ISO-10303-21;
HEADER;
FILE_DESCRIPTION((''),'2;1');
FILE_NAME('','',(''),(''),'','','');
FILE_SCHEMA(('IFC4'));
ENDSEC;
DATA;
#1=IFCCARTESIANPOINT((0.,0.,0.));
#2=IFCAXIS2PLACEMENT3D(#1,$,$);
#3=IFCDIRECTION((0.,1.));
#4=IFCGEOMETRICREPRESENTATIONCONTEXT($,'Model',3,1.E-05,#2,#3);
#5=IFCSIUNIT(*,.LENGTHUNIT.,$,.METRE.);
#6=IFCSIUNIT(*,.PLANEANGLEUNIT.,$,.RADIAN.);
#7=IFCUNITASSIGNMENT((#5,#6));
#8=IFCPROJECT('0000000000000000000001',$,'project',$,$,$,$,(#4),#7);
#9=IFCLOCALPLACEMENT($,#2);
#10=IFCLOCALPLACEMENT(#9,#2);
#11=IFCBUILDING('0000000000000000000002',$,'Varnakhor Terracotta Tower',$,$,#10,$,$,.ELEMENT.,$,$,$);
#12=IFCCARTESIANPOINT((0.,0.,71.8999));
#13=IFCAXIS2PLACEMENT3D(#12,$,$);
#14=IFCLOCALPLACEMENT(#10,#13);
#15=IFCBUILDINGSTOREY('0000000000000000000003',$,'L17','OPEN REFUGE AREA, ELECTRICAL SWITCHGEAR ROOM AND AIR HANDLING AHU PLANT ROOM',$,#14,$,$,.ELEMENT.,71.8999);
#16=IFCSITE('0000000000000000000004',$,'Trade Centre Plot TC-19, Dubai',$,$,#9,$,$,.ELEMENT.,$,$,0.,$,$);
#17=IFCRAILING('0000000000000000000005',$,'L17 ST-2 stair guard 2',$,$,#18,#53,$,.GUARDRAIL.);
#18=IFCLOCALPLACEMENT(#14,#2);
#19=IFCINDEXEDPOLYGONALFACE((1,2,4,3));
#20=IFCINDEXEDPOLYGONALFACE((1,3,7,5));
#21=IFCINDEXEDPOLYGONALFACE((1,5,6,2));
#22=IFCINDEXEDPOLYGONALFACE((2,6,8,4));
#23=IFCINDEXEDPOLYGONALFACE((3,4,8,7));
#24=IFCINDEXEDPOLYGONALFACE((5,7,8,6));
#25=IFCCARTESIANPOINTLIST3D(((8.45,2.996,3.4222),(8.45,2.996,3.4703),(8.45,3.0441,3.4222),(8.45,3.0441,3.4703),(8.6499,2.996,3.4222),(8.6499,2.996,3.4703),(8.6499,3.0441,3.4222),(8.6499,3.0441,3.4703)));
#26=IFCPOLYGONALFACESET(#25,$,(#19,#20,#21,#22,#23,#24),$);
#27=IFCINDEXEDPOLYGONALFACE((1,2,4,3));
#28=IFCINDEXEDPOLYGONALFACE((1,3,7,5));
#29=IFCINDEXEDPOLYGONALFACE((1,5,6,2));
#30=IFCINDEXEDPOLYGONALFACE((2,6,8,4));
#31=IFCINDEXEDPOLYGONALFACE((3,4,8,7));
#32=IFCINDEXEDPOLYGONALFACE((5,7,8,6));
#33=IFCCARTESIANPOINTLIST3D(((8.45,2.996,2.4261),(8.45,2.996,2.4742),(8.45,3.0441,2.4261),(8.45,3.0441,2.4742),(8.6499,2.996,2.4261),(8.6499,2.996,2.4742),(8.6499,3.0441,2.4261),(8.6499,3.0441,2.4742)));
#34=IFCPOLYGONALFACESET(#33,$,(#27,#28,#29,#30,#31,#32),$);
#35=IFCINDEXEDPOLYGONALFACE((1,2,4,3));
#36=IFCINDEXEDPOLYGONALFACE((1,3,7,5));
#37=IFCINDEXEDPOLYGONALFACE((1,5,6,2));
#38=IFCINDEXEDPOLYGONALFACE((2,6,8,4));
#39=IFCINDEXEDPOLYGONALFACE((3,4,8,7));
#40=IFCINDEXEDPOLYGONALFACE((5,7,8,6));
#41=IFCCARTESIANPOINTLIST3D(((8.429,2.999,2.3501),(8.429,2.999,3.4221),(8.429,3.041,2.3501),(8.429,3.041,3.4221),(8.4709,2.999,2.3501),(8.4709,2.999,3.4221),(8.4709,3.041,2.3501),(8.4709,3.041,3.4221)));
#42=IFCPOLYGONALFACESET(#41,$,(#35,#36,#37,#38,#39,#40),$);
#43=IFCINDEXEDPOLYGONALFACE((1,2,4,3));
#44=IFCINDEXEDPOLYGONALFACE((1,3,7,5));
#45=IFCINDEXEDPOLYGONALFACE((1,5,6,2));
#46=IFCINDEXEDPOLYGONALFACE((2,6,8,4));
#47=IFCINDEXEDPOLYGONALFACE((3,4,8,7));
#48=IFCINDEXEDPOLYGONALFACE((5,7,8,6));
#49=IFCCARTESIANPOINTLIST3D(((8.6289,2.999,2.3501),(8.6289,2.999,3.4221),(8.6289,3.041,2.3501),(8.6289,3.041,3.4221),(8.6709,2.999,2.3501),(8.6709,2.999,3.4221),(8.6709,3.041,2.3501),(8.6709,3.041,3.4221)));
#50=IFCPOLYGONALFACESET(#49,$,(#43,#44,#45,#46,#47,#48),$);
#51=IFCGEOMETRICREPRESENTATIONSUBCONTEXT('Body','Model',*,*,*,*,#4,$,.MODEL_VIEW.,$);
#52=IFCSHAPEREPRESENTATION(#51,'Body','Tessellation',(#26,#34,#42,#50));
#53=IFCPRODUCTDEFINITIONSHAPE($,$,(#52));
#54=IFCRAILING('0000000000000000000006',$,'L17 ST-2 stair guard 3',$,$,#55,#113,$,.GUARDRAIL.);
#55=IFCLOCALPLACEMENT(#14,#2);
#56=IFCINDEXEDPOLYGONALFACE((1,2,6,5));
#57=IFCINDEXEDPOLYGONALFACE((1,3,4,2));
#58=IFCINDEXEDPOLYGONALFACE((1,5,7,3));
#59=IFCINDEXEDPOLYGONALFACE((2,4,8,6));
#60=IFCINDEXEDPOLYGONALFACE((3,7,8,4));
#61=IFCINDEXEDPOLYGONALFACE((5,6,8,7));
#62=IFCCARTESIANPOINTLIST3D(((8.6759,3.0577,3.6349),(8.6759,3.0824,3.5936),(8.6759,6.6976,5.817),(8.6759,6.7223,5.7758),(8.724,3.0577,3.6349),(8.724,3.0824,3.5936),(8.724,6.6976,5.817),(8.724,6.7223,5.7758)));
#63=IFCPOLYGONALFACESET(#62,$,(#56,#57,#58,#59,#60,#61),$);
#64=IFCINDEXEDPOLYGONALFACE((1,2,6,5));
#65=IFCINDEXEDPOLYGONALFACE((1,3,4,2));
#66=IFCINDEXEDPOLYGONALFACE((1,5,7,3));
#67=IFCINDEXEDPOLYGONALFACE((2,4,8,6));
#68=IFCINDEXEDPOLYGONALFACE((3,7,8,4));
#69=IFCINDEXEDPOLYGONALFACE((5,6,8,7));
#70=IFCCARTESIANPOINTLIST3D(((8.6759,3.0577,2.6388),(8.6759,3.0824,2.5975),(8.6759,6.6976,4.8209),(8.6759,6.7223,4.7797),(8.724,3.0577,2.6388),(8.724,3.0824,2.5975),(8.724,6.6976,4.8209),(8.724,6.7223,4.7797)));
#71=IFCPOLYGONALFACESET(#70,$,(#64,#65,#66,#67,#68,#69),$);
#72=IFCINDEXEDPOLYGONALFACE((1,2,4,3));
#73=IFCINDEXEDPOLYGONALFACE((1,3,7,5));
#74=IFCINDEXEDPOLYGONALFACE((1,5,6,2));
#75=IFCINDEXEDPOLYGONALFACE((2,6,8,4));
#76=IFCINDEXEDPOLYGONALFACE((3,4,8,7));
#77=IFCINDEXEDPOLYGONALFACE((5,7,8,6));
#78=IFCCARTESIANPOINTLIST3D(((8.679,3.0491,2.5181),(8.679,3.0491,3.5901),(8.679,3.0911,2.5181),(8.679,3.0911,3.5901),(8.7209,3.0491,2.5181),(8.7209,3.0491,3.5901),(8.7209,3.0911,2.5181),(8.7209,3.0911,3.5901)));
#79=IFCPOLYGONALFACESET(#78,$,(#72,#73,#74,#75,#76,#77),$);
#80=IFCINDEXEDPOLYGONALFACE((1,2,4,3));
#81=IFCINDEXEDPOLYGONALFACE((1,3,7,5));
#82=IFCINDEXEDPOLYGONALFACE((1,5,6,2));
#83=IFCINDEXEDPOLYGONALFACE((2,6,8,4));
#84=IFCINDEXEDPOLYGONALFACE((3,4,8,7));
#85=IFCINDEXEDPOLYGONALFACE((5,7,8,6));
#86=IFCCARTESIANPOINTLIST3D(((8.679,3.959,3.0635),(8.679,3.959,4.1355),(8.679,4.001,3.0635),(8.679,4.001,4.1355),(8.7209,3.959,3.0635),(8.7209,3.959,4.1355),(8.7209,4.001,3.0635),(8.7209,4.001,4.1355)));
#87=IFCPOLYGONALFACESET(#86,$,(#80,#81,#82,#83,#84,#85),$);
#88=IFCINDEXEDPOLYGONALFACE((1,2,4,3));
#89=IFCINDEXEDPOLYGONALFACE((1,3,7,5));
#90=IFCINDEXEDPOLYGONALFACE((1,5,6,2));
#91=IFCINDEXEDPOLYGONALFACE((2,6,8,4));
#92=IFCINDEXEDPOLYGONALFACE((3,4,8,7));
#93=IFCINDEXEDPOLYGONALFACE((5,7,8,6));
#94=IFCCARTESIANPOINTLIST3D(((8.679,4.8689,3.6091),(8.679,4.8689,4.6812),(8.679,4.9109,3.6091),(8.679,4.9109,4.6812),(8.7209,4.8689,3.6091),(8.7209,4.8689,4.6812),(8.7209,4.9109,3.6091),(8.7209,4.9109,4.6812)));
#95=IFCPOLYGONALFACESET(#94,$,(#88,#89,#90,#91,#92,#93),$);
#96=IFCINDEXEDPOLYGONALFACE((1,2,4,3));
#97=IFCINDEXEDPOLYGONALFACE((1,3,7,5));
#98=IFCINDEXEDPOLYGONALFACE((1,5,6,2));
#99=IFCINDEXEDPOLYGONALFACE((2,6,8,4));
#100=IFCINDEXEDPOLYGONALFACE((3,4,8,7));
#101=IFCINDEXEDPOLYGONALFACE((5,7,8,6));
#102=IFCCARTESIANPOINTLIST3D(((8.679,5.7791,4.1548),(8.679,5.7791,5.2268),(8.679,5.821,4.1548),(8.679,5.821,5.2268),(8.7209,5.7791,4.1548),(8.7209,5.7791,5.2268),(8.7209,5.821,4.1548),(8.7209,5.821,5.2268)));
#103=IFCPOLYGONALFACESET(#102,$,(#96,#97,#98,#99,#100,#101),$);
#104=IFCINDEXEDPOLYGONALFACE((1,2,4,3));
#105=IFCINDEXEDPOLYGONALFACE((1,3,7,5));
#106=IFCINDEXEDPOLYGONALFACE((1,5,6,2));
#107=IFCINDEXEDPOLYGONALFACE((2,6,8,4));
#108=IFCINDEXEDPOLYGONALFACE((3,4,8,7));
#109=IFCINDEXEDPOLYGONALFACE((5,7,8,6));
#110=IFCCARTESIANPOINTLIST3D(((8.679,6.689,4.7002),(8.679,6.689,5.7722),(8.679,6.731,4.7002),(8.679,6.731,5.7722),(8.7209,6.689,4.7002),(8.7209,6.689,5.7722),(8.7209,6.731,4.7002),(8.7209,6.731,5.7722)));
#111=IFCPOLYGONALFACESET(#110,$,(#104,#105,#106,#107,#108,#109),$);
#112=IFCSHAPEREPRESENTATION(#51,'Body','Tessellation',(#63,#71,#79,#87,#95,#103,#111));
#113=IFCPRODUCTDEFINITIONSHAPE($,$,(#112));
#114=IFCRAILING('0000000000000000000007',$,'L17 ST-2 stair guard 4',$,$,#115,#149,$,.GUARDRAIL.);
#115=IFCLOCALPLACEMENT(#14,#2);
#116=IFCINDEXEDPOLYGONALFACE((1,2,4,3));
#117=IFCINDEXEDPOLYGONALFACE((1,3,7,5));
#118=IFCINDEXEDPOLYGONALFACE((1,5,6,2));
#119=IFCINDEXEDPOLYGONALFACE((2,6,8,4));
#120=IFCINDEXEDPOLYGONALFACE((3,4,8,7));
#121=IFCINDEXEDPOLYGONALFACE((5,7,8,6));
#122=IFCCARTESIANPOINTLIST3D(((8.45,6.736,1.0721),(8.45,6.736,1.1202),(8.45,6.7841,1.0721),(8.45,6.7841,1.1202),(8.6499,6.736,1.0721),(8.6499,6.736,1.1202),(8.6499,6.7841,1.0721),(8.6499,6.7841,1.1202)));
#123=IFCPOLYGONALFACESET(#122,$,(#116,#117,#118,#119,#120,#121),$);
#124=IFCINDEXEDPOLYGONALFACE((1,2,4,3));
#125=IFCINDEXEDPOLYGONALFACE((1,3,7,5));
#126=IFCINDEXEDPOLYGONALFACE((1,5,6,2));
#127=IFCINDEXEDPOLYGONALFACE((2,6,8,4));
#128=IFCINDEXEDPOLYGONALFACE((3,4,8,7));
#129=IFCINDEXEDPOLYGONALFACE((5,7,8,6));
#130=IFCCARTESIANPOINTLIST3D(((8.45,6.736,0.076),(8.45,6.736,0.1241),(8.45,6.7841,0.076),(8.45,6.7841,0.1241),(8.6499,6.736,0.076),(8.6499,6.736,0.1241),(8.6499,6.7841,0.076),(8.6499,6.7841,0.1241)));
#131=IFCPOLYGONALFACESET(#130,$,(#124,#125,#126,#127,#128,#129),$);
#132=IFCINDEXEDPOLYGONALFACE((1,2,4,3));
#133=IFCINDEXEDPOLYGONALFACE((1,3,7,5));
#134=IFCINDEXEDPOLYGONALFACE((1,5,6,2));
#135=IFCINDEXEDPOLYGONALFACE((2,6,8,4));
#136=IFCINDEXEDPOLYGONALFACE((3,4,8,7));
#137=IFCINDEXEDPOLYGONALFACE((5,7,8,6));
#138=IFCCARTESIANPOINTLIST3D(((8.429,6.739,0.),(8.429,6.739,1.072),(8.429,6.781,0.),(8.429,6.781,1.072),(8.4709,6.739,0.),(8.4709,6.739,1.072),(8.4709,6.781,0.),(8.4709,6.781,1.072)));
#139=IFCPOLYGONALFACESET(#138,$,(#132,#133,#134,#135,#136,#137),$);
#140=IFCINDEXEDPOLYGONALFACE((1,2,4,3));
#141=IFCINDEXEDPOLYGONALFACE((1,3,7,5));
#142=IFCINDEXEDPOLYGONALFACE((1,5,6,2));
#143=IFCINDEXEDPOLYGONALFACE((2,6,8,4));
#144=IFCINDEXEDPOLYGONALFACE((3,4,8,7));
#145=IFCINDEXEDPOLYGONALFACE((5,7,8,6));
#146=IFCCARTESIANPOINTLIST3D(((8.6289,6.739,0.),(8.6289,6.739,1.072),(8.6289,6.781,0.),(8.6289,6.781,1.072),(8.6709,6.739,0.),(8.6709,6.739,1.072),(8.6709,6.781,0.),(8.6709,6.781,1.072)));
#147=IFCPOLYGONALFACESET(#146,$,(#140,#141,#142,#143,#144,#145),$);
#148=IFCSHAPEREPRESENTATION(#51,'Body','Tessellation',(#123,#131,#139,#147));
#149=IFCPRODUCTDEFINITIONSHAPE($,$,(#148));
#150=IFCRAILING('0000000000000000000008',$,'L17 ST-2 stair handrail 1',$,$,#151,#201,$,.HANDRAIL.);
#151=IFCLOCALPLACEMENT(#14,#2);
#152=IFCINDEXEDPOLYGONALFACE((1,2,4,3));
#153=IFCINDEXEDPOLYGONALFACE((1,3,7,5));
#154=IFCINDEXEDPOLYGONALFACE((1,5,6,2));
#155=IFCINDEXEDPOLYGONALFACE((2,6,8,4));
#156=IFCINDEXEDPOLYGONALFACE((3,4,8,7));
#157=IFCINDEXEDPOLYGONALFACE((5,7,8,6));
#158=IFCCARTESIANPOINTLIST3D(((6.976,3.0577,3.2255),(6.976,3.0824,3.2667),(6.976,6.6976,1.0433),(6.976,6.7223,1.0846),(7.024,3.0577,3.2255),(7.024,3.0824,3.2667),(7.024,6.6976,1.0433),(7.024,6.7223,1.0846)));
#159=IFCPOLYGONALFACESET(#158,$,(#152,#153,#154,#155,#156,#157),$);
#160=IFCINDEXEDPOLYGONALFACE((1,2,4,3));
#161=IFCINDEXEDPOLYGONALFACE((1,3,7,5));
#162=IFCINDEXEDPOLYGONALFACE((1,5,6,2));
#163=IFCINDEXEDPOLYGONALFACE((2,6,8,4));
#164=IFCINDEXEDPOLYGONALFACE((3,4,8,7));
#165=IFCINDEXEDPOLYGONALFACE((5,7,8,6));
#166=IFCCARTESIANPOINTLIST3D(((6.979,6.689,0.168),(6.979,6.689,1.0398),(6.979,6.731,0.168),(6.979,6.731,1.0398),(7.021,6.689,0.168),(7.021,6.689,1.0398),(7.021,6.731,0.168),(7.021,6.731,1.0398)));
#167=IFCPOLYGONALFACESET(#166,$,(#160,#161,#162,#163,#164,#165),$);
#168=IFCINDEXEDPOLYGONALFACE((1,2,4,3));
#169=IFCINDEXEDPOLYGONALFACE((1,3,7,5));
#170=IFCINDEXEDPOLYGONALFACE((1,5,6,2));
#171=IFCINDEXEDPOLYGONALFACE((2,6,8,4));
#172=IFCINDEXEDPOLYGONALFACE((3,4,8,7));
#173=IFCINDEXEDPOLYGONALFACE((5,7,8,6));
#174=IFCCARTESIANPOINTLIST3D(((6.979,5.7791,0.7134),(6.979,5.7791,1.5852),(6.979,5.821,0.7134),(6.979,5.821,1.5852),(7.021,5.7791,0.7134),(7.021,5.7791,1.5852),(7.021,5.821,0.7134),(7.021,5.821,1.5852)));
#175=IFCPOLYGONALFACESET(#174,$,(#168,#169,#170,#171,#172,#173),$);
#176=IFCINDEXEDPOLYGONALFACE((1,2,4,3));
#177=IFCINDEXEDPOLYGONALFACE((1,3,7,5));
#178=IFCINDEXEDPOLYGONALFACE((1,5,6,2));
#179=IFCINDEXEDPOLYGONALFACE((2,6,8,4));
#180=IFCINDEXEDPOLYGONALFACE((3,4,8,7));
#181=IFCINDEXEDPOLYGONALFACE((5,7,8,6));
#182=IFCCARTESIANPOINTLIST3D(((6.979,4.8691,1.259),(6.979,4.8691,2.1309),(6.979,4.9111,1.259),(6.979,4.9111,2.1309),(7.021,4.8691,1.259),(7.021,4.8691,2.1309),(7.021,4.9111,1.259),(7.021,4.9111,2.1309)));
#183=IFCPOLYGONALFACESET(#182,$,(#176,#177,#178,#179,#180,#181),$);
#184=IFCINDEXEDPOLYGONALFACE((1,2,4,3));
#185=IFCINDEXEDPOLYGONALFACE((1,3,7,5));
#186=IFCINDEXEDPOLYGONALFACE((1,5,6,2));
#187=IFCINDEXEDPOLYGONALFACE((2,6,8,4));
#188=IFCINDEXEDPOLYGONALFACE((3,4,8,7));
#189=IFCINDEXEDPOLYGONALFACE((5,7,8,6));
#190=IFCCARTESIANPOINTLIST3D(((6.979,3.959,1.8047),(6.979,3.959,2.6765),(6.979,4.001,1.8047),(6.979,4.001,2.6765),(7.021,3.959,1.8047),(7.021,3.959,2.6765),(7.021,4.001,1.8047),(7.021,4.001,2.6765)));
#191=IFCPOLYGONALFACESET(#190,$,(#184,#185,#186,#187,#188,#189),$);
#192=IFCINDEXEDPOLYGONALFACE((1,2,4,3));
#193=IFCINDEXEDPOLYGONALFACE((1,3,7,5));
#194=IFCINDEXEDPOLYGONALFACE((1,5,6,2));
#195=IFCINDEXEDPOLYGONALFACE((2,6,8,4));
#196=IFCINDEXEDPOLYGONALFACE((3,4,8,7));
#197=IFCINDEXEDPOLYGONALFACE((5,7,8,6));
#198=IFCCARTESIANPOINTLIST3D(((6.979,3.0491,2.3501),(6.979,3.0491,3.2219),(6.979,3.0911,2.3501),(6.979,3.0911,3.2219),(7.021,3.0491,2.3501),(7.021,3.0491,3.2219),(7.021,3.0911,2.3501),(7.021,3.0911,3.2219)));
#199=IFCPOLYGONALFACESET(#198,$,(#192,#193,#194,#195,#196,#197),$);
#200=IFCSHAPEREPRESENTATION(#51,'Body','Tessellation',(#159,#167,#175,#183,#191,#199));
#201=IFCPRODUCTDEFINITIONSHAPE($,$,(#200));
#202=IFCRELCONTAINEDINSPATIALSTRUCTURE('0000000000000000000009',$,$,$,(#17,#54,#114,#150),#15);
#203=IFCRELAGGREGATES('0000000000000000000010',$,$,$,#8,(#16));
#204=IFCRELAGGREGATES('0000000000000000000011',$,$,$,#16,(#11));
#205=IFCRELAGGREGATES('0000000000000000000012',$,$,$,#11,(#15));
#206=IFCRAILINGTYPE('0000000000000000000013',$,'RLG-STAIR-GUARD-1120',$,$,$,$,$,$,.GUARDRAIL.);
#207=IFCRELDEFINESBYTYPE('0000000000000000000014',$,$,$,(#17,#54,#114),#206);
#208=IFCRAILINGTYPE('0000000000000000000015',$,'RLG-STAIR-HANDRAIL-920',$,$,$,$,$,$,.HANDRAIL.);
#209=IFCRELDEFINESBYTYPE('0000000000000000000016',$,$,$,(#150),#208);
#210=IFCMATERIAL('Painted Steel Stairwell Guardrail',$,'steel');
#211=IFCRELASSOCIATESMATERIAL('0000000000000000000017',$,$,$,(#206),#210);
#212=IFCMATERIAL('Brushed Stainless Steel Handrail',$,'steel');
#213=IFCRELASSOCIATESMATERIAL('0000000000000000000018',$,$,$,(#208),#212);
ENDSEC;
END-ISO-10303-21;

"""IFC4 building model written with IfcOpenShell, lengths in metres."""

from ifc_helpers import new_model, si_unit, direction, frame, origin, origin_2d, place, context, subcontext, project, spatial, rectangle, extrude, material, type_object, element, save


model = new_model("IFC4")

# Units and contexts
model_context = context("Model", 3, precision=1e-05, world=origin(), true_north=direction((0.0, 1.0)))
body_context = subcontext(model_context, "Body", "Model", "MODEL_VIEW")
ifc_project = project(units=[si_unit("LENGTHUNIT", "METRE"), si_unit("PLANEANGLEUNIT", "RADIAN")], contexts=[model_context])

# Site, building, storey
site_placement = place(None, origin())
site = spatial("IfcSite", under=ifc_project, at=site_placement, Name="Trade Centre Plot TC-19, Dubai", CompositionType="ELEMENT", RefElevation=0.0)
building_placement = place(site_placement, origin())
building = spatial("IfcBuilding", under=site, at=building_placement, Name="Varnakhor Terracotta Tower", CompositionType="ELEMENT")
storey_placement = place(building_placement, frame((0.0, 0.0, 71.8999)))
storey = spatial("IfcBuildingStorey", under=building, at=storey_placement, Name="L17", Description="OPEN REFUGE AREA, ELECTRICAL SWITCHGEAR ROOM AND AIR HANDLING AHU PLANT ROOM", CompositionType="ELEMENT", Elevation=71.8999)

# Railings
ifc_material_1 = material(Name="Painted Steel Stairwell Guardrail", Category="steel")
railing_type_1 = type_object("IfcRailingType", Name="RLG-STAIR-GUARD-1120", PredefinedType="GUARDRAIL", material=ifc_material_1)
railing_1_placement = place(storey_placement, frame((8.45, 3.02, 2.3501)))
element("IfcRailing", 1, at=railing_1_placement, inside=storey, type_object=railing_type_1, Name="L17 ST-2 stair guard 2", PredefinedType="GUARDRAIL", context=body_context, shape_type="SweptSolid", body=[
    extrude(rectangle(XDim=0.0481, YDim=0.0481, at=origin_2d()), frame((0.0, 0.0, 1.0962), z_axis=(1.0, 0.0, 0.0), x_axis=(0.0, 1.0, 0.0)), (0.0, 0.0, 1.0), 0.2),
    extrude(rectangle(XDim=0.0481, YDim=0.0481, at=origin_2d()), frame((0.0, 0.0, 0.1001), z_axis=(1.0, 0.0, 0.0), x_axis=(0.0, 1.0, 0.0)), (0.0, 0.0, 1.0), 0.2),
    extrude(rectangle(XDim=0.042, YDim=0.042, at=origin_2d()), origin(), (0.0, 0.0, 1.0), 1.072),
    extrude(rectangle(XDim=0.042, YDim=0.042, at=origin_2d()), frame((0.2, 0.0, 0.0)), (0.0, 0.0, 1.0), 1.072),
])
railing_2_placement = place(storey_placement, frame((8.7, 3.0701, 2.5181)))
element("IfcRailing", 2, at=railing_2_placement, inside=storey, type_object=railing_type_1, Name="L17 ST-2 stair guard 3", PredefinedType="GUARDRAIL", context=body_context, shape_type="SweptSolid", body=[
    extrude(rectangle(XDim=0.0481, YDim=0.0481, at=origin_2d()), frame((0.0, 0.0, 1.0962), z_axis=(0.0, 0.857681, 0.514183), x_axis=(-1.0, 0.0, 0.0)), (0.0, 0.0, 1.0), 4.2439),
    extrude(rectangle(XDim=0.0481, YDim=0.0481, at=origin_2d()), frame((0.0, 0.0, 0.1001), z_axis=(0.0, 0.857681, 0.514183), x_axis=(-1.0, 0.0, 0.0)), (0.0, 0.0, 1.0), 4.2439),
    extrude(rectangle(XDim=0.042, YDim=0.042, at=origin_2d()), origin(), (0.0, 0.0, 1.0), 1.072),
    extrude(rectangle(XDim=0.042, YDim=0.042, at=origin_2d()), frame((0.0, 0.9099, 0.5454)), (0.0, 0.0, 1.0), 1.072),
    extrude(rectangle(XDim=0.042, YDim=0.042, at=origin_2d()), frame((0.0, 1.8198, 1.0911)), (0.0, 0.0, 1.0), 1.072),
    extrude(rectangle(XDim=0.042, YDim=0.042, at=origin_2d()), frame((0.0, 2.73, 1.6367)), (0.0, 0.0, 1.0), 1.072),
    extrude(rectangle(XDim=0.042, YDim=0.042, at=origin_2d()), frame((0.0, 3.6399, 2.1821)), (0.0, 0.0, 1.0), 1.072),
])
railing_3_placement = place(storey_placement, frame((8.45, 6.76, 0.0)))
element("IfcRailing", 3, at=railing_3_placement, inside=storey, type_object=railing_type_1, Name="L17 ST-2 stair guard 4", PredefinedType="GUARDRAIL", context=body_context, shape_type="SweptSolid", body=[
    extrude(rectangle(XDim=0.0481, YDim=0.0481, at=origin_2d()), frame((0.0, 0.0, 1.0962), z_axis=(1.0, 0.0, 0.0), x_axis=(0.0, 1.0, 0.0)), (0.0, 0.0, 1.0), 0.2),
    extrude(rectangle(XDim=0.0481, YDim=0.0481, at=origin_2d()), frame((0.0, 0.0, 0.1001), z_axis=(1.0, 0.0, 0.0), x_axis=(0.0, 1.0, 0.0)), (0.0, 0.0, 1.0), 0.2),
    extrude(rectangle(XDim=0.042, YDim=0.042, at=origin_2d()), origin(), (0.0, 0.0, 1.0), 1.072),
    extrude(rectangle(XDim=0.042, YDim=0.042, at=origin_2d()), frame((0.2, 0.0, 0.0)), (0.0, 0.0, 1.0), 1.072),
])
ifc_material_2 = material(Name="Brushed Stainless Steel Handrail", Category="steel")
railing_type_2 = type_object("IfcRailingType", Name="RLG-STAIR-HANDRAIL-920", PredefinedType="HANDRAIL", material=ifc_material_2)
railing_4_placement = place(storey_placement, frame((7.0, 6.71, 0.168)))
element("IfcRailing", 4, at=railing_4_placement, inside=storey, type_object=railing_type_2, Name="L17 ST-2 stair handrail 1", PredefinedType="HANDRAIL", context=body_context, shape_type="SweptSolid", body=[
    extrude(rectangle(XDim=0.0481, YDim=0.0481, at=origin_2d()), frame((0.0, 0.0, 0.896), z_axis=(0.0, -0.857681, 0.514183), x_axis=(1.0, 0.0, 0.0)), (0.0, 0.0, 1.0), 4.2439),
    extrude(rectangle(XDim=0.042, YDim=0.042, at=origin_2d()), origin(), (0.0, 0.0, 1.0), 0.8718),
    extrude(rectangle(XDim=0.042, YDim=0.042, at=origin_2d()), frame((0.0, -0.9099, 0.5454)), (0.0, 0.0, 1.0), 0.8718),
    extrude(rectangle(XDim=0.042, YDim=0.042, at=origin_2d()), frame((0.0, -1.8198, 1.0911)), (0.0, 0.0, 1.0), 0.8718),
    extrude(rectangle(XDim=0.042, YDim=0.042, at=origin_2d()), frame((0.0, -2.73, 1.6367)), (0.0, 0.0, 1.0), 0.8718),
    extrude(rectangle(XDim=0.042, YDim=0.042, at=origin_2d()), frame((0.0, -3.6399, 2.1821)), (0.0, 0.0, 1.0), 0.8718),
])

save(model, "model.ifc")
